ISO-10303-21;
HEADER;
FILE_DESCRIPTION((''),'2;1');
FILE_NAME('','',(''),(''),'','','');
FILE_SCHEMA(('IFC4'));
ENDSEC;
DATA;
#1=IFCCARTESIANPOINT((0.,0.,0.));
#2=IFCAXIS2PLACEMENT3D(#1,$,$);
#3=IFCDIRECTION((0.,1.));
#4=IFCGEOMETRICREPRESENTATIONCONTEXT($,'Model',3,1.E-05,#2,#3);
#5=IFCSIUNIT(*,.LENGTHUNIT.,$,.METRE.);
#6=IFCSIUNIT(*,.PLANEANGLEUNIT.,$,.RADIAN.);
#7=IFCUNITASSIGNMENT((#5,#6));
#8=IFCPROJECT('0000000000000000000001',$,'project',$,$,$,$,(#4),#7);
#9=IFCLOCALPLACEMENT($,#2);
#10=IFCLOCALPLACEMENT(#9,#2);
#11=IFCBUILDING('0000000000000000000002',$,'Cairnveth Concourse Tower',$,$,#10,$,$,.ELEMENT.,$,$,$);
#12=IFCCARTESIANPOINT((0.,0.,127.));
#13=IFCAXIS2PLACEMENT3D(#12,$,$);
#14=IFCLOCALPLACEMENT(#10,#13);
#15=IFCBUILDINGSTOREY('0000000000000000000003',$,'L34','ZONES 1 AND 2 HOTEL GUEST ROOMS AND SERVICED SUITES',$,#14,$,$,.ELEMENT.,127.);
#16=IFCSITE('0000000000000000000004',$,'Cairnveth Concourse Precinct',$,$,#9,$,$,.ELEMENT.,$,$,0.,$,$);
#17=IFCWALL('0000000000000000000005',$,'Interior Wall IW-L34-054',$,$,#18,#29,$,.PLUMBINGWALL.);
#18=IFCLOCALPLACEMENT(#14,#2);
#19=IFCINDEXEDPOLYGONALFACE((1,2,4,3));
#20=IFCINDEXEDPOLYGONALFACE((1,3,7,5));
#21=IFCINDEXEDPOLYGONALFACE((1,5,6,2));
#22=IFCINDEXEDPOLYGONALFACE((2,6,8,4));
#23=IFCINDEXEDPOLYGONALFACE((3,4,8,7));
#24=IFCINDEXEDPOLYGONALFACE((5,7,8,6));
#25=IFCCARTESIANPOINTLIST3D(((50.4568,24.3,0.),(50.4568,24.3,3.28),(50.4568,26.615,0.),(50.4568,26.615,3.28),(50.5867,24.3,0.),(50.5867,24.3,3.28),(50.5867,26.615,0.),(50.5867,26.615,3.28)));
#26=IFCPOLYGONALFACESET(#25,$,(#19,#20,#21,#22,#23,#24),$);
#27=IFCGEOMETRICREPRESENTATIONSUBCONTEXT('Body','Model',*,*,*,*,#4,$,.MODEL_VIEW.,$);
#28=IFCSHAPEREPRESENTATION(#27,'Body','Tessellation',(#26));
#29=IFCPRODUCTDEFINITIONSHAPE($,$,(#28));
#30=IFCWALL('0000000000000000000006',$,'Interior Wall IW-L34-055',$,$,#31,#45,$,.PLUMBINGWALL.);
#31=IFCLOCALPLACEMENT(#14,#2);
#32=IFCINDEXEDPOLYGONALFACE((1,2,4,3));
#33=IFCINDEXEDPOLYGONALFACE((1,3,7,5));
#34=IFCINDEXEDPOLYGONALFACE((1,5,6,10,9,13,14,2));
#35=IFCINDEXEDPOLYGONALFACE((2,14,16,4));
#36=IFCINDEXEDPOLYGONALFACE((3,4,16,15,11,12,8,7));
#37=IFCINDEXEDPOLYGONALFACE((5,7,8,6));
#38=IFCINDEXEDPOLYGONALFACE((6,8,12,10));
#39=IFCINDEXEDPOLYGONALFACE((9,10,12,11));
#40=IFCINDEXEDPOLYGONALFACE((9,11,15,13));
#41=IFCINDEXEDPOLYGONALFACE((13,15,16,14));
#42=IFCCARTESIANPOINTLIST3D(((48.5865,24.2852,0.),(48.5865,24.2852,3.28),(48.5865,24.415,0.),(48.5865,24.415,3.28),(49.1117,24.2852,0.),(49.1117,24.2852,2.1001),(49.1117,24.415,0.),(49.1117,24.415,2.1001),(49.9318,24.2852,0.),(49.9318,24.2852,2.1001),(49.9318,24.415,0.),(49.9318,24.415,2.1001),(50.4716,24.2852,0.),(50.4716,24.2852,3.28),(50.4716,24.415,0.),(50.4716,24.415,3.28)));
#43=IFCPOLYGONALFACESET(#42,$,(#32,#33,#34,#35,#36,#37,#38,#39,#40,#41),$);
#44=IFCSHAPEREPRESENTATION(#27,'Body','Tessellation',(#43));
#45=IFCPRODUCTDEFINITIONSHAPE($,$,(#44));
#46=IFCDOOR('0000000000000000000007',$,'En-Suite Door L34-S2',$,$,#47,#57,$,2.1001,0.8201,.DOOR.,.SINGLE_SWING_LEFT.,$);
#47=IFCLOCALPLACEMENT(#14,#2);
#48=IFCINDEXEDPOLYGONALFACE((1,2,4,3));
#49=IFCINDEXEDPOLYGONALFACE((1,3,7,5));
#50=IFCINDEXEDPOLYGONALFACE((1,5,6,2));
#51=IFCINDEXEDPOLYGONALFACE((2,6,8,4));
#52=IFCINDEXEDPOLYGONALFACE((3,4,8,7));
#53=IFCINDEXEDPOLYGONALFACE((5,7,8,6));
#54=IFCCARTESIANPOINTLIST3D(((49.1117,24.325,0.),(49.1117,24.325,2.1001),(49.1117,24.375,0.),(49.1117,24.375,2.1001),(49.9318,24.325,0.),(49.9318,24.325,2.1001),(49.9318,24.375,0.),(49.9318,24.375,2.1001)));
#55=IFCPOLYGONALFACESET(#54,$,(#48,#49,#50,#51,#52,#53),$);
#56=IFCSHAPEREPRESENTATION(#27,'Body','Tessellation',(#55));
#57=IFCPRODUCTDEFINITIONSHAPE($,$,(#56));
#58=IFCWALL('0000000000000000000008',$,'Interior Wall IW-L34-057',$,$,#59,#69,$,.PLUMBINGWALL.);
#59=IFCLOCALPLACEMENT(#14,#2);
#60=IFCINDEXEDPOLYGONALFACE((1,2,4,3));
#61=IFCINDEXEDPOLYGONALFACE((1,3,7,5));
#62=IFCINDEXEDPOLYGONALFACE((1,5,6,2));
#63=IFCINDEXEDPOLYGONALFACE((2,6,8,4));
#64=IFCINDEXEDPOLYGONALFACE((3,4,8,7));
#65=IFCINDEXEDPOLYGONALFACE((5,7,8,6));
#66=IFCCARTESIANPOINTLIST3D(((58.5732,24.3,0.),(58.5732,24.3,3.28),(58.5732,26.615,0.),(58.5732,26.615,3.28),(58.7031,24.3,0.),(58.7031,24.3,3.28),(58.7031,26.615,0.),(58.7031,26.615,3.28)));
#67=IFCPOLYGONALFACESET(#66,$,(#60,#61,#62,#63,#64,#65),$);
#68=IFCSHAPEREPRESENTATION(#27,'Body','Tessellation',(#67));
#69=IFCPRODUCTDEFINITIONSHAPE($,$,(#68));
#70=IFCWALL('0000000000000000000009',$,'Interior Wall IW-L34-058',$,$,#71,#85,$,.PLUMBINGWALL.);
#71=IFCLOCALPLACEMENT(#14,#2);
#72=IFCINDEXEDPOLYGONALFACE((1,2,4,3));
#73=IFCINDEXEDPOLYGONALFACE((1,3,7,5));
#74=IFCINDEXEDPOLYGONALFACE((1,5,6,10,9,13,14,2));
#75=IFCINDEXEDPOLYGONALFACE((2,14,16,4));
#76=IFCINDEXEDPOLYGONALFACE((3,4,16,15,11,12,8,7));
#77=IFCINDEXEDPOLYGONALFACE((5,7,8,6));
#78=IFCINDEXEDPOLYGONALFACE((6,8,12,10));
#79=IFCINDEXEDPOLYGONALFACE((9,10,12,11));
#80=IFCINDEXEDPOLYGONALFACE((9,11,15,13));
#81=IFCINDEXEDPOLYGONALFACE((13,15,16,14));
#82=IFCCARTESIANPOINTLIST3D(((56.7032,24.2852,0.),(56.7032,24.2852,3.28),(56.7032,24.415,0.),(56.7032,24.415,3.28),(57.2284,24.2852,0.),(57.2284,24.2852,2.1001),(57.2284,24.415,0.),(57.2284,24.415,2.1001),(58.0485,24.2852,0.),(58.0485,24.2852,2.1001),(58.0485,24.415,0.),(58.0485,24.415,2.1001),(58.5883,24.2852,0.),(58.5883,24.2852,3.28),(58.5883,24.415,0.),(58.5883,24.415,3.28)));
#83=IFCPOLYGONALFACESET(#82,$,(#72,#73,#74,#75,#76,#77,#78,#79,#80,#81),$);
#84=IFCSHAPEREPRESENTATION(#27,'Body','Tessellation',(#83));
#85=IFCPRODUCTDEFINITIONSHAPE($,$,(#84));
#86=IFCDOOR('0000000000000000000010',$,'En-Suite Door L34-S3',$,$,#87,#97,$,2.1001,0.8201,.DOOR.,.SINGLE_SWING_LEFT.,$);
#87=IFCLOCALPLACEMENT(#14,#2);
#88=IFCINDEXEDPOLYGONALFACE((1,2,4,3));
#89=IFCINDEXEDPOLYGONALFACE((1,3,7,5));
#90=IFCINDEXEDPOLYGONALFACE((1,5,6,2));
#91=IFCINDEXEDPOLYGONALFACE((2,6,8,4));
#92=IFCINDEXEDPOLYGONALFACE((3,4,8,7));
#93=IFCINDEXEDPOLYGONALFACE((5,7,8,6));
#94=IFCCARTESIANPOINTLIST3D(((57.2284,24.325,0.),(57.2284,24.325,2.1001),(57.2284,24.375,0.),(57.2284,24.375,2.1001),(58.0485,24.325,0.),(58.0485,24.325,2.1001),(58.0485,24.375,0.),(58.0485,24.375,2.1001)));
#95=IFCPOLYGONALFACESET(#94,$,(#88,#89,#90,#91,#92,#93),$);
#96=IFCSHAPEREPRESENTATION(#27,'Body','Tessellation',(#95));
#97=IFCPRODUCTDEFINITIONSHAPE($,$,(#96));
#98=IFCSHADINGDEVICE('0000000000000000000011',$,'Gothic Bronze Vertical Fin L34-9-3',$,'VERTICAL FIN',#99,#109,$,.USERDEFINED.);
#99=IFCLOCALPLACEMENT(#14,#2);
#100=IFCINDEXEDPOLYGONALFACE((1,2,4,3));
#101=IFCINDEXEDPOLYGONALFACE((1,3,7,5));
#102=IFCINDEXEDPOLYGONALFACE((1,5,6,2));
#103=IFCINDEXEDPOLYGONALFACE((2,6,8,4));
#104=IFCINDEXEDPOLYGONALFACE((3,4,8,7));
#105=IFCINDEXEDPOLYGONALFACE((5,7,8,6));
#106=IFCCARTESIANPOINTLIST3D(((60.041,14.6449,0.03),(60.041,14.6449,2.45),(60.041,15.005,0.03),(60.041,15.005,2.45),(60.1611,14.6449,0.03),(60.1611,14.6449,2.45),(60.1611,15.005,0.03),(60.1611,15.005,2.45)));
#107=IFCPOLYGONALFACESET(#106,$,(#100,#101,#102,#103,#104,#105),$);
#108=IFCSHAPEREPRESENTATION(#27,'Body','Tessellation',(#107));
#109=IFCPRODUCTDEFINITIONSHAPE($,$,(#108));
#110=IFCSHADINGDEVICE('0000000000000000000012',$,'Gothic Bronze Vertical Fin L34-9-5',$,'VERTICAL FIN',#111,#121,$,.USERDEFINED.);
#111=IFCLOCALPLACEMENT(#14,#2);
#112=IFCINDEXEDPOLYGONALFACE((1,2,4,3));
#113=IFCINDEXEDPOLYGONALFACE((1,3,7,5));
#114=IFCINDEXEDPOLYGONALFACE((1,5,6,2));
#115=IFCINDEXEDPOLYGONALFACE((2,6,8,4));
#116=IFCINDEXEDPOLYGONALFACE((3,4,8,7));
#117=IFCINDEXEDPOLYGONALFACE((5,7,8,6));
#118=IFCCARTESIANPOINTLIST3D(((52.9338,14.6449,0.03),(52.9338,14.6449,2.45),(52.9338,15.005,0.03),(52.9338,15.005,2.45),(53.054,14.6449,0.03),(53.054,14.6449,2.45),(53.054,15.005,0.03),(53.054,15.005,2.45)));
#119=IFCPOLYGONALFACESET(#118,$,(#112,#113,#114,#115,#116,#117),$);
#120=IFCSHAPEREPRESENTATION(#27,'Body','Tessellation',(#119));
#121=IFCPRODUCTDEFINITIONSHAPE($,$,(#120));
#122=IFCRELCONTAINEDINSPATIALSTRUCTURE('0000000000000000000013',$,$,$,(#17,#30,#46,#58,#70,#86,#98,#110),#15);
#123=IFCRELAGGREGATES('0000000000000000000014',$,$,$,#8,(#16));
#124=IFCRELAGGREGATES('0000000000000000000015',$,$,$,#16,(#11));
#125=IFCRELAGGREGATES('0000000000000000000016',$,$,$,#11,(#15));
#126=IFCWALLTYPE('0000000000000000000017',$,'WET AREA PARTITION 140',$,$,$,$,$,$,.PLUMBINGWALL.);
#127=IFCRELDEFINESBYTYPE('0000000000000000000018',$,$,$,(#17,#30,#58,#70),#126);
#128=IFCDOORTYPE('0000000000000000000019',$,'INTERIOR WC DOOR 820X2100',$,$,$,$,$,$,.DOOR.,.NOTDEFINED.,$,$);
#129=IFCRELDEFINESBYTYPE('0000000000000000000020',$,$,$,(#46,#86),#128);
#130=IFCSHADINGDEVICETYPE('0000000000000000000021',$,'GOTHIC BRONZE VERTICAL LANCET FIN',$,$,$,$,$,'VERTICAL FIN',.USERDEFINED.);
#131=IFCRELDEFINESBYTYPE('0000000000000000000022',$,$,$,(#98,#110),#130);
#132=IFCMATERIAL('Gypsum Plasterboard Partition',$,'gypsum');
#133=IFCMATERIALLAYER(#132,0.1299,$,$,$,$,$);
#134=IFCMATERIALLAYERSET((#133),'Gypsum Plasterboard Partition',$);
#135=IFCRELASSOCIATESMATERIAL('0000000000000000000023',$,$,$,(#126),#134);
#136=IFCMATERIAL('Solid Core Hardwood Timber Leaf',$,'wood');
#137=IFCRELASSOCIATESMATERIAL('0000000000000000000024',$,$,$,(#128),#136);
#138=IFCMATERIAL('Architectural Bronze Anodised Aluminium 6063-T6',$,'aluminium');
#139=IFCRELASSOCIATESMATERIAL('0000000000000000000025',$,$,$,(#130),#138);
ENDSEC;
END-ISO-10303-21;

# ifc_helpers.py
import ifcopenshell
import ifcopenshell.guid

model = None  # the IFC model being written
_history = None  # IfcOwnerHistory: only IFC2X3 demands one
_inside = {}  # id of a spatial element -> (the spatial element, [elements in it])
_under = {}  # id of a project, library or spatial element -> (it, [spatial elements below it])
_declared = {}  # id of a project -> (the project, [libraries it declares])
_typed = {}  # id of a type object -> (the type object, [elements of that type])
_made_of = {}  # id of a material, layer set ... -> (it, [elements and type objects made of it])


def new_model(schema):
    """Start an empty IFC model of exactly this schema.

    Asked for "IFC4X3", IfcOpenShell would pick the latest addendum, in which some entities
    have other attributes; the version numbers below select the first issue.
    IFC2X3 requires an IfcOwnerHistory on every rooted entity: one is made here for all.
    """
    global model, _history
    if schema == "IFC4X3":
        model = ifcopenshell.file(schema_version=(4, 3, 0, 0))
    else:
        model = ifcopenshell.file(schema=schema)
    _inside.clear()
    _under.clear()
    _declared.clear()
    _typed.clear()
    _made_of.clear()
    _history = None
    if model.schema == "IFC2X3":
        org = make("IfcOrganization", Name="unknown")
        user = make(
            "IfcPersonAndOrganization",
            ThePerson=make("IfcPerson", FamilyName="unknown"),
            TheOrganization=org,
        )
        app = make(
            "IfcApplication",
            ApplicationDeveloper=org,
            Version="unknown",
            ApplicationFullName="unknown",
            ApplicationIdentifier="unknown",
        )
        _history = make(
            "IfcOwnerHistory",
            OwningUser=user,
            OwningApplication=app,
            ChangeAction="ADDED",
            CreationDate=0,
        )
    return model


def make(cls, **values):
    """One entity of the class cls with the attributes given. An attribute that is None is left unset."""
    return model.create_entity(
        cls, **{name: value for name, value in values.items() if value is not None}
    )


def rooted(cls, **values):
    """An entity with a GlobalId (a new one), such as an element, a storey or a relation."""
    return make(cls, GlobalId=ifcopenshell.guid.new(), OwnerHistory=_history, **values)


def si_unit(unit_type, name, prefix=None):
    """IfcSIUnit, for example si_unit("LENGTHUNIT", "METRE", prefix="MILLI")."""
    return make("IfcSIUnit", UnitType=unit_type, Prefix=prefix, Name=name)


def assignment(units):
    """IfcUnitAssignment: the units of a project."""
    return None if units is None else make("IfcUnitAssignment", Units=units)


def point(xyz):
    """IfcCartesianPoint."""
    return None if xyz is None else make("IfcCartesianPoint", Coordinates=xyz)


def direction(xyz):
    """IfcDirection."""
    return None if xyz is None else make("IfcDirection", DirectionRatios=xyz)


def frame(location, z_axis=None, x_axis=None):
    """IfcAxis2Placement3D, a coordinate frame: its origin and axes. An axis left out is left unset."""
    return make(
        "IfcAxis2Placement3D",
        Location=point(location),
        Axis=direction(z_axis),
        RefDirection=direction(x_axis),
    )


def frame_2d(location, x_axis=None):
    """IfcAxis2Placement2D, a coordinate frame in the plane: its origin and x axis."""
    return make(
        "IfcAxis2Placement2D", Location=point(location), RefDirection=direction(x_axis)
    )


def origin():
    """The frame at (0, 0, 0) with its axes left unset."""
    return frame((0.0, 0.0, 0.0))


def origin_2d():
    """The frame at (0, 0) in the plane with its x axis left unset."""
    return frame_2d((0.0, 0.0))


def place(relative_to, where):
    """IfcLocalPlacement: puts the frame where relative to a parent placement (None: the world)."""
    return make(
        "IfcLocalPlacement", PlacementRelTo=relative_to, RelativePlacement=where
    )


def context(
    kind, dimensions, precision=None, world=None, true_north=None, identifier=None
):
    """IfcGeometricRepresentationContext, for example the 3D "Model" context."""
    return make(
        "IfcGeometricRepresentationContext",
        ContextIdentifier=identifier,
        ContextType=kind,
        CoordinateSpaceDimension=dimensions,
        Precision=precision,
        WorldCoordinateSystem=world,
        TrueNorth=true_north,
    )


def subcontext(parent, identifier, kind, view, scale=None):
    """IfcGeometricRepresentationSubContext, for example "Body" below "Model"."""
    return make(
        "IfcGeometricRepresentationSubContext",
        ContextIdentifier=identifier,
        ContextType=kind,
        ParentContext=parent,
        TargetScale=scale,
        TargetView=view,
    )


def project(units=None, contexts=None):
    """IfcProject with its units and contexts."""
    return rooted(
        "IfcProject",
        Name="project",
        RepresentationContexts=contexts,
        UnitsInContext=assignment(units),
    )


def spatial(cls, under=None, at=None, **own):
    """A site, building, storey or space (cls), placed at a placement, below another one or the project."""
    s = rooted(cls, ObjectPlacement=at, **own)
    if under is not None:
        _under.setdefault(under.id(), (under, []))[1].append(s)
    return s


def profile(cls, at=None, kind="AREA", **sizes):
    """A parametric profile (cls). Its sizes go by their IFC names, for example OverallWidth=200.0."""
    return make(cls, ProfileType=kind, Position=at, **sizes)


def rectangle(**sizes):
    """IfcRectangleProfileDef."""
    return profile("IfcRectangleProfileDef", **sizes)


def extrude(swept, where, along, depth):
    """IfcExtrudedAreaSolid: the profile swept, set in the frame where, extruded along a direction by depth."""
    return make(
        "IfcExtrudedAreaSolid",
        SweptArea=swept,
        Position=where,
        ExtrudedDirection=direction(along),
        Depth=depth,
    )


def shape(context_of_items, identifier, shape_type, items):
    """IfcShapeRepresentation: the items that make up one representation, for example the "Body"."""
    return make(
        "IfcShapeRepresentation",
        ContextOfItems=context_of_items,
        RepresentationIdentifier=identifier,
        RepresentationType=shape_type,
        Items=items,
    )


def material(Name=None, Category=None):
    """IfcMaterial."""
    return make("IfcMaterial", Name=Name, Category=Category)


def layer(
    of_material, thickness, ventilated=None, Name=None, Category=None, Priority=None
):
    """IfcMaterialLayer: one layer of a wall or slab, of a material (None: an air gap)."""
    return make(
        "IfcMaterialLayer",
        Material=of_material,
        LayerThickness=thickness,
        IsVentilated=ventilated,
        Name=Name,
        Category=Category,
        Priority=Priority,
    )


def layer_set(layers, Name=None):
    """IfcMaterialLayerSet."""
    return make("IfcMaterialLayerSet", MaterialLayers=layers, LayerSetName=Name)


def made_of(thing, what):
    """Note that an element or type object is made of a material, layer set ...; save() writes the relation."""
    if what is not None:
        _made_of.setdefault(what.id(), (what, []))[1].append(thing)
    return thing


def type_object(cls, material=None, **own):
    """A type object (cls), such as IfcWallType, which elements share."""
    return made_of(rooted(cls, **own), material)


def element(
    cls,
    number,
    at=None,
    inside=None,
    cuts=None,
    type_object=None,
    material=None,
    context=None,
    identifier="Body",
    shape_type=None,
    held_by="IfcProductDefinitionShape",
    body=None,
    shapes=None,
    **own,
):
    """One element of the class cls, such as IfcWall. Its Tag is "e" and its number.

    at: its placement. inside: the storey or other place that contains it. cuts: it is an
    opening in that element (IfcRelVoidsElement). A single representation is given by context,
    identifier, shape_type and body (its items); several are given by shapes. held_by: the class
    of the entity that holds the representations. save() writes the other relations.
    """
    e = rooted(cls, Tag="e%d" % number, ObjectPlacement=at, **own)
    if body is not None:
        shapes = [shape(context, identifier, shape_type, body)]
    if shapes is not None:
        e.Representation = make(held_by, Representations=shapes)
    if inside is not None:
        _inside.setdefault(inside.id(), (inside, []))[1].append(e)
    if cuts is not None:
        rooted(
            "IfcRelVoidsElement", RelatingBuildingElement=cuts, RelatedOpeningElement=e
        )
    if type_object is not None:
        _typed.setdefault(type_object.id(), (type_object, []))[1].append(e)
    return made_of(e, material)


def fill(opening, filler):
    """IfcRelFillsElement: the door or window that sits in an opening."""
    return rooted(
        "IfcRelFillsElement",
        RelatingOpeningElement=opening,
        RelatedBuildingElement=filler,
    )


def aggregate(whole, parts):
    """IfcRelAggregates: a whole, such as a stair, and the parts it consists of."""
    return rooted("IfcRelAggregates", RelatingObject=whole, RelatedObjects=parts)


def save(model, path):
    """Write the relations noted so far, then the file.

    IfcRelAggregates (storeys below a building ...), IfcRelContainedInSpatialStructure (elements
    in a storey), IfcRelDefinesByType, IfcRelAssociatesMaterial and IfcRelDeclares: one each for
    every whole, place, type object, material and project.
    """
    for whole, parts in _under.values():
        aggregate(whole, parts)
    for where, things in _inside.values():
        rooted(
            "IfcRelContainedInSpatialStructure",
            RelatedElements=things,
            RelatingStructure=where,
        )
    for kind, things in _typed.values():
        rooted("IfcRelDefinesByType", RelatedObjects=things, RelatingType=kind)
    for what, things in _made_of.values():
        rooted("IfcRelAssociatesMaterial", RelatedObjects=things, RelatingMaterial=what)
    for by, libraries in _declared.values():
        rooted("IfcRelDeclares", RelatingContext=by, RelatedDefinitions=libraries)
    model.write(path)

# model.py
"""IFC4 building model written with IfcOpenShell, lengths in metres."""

from ifc_helpers import new_model, si_unit, direction, frame, frame_2d, origin, origin_2d, place, context, subcontext, project, spatial, rectangle, extrude, material, layer, layer_set, type_object, element, fill, save


model = new_model("IFC4")

# Units and contexts
model_context = context("Model", 3, precision=1e-05, world=origin(), true_north=direction((0.0, 1.0)))
body_context = subcontext(model_context, "Body", "Model", "MODEL_VIEW")
ifc_project = project(units=[si_unit("LENGTHUNIT", "METRE"), si_unit("PLANEANGLEUNIT", "RADIAN")], contexts=[model_context])

# Site, building, storey
site_placement = place(None, origin())
site = spatial("IfcSite", under=ifc_project, at=site_placement, Name="Cairnveth Concourse Precinct", CompositionType="ELEMENT", RefElevation=0.0)
building_placement = place(site_placement, origin())
building = spatial("IfcBuilding", under=site, at=building_placement, Name="Cairnveth Concourse Tower", CompositionType="ELEMENT")
storey_placement = place(building_placement, frame((0.0, 0.0, 127.0)))
storey = spatial("IfcBuildingStorey", under=building, at=storey_placement, Name="L34", Description="ZONES 1 AND 2 HOTEL GUEST ROOMS AND SERVICED SUITES", CompositionType="ELEMENT", Elevation=127.0)

# Shared definitions
ifc_material_1 = material(Name="Gypsum Plasterboard Partition", Category="gypsum")
ifc_material_2 = material(Name="Solid Core Hardwood Timber Leaf", Category="wood")

# Wall
ifc_layer_1 = layer(ifc_material_1, 0.1299)
ifc_layer_set_1 = layer_set([ifc_layer_1], Name="Gypsum Plasterboard Partition")
wall_type_1 = type_object("IfcWallType", Name="WET AREA PARTITION 140", PredefinedType="PLUMBINGWALL", material=ifc_layer_set_1)
wall_1_placement = place(storey_placement, frame((50.5217, 24.3, 0.0), z_axis=(0.0, 0.0, 1.0), x_axis=(0.0, 1.0, 0.0)))
element("IfcWall", 1, at=wall_1_placement, inside=storey, type_object=wall_type_1, Name="Interior Wall IW-L34-054", PredefinedType="PLUMBINGWALL", context=body_context, shape_type="SweptSolid", body=[
    extrude(rectangle(XDim=2.3149, YDim=0.1299, at=frame_2d((1.1575, 0.0))), origin(), (0.0, 0.0, 1.0), 3.28),
])

# Wall, opening, door
wall_2_placement = place(storey_placement, frame((48.5867, 24.3501, 0.0), z_axis=(0.0, 0.0, 1.0), x_axis=(1.0, 0.0, 0.0)))
wall_2 = element("IfcWall", 2, at=wall_2_placement, inside=storey, type_object=wall_type_1, Name="Interior Wall IW-L34-055", PredefinedType="PLUMBINGWALL", context=body_context, shape_type="SweptSolid", body=[
    extrude(rectangle(XDim=1.885, YDim=0.1299, at=frame_2d((0.9424, 0.0))), origin(), (0.0, 0.0, 1.0), 3.28),
])
opening_1_placement = place(wall_2_placement, frame((0.5249, 0.0, 0.0)))
opening_1 = element("IfcOpeningElement", 3, at=opening_1_placement, cuts=wall_2, PredefinedType="OPENING", context=body_context, shape_type="SweptSolid", body=[
    extrude(rectangle(XDim=0.8201, YDim=2.1001, at=frame_2d((0.4102, 1.05))), frame((0.0, 0.075, 0.0), z_axis=(0.0, -1.0, 0.0), x_axis=(1.0, 0.0, 0.0)), (0.0, 0.0, 1.0), 0.1499),
])
door_type_1 = type_object("IfcDoorType", Name="INTERIOR WC DOOR 820X2100", OperationType="NOTDEFINED", PredefinedType="DOOR", material=ifc_material_2)
door_1_placement = place(opening_1_placement, origin())
door_1 = element("IfcDoor", 4, at=door_1_placement, inside=storey, type_object=door_type_1, Name="En-Suite Door L34-S2", OperationType="SINGLE_SWING_LEFT", OverallHeight=2.1001, OverallWidth=0.8201, PredefinedType="DOOR", context=body_context, shape_type="SweptSolid", body=[
    extrude(rectangle(XDim=0.8201, YDim=2.1001, at=frame_2d((0.4102, 1.05))), frame((0.0, 0.0249, 0.0), z_axis=(0.0, -1.0, 0.0), x_axis=(1.0, 0.0, 0.0)), (0.0, 0.0, 1.0), 0.05),
])
fill(opening_1, door_1)

# Wall
wall_3_placement = place(storey_placement, frame((58.6382, 24.3, 0.0), z_axis=(0.0, 0.0, 1.0), x_axis=(0.0, 1.0, 0.0)))
element("IfcWall", 5, at=wall_3_placement, inside=storey, type_object=wall_type_1, Name="Interior Wall IW-L34-057", PredefinedType="PLUMBINGWALL", context=body_context, shape_type="SweptSolid", body=[
    extrude(rectangle(XDim=2.3149, YDim=0.1299, at=frame_2d((1.1575, 0.0))), origin(), (0.0, 0.0, 1.0), 3.28),
])

# Wall, opening, door
wall_4_placement = place(storey_placement, frame((56.7034, 24.3501, 0.0), z_axis=(0.0, 0.0, 1.0), x_axis=(1.0, 0.0, 0.0)))
wall_4 = element("IfcWall", 6, at=wall_4_placement, inside=storey, type_object=wall_type_1, Name="Interior Wall IW-L34-058", PredefinedType="PLUMBINGWALL", context=body_context, shape_type="SweptSolid", body=[
    extrude(rectangle(XDim=1.885, YDim=0.1299, at=frame_2d((0.9424, 0.0))), origin(), (0.0, 0.0, 1.0), 3.28),
])
opening_2_placement = place(wall_4_placement, frame((0.5249, 0.0, 0.0)))
opening_2 = element("IfcOpeningElement", 7, at=opening_2_placement, cuts=wall_4, PredefinedType="OPENING", context=body_context, shape_type="SweptSolid", body=[
    extrude(rectangle(XDim=0.8201, YDim=2.1001, at=frame_2d((0.4102, 1.05))), frame((0.0, 0.075, 0.0), z_axis=(0.0, -1.0, 0.0), x_axis=(1.0, 0.0, 0.0)), (0.0, 0.0, 1.0), 0.1499),
])
door_2_placement = place(opening_2_placement, origin())
door_2 = element("IfcDoor", 8, at=door_2_placement, inside=storey, type_object=door_type_1, Name="En-Suite Door L34-S3", OperationType="SINGLE_SWING_LEFT", OverallHeight=2.1001, OverallWidth=0.8201, PredefinedType="DOOR", context=body_context, shape_type="SweptSolid", body=[
    extrude(rectangle(XDim=0.8201, YDim=2.1001, at=frame_2d((0.4102, 1.05))), frame((0.0, 0.0249, 0.0), z_axis=(0.0, -1.0, 0.0), x_axis=(1.0, 0.0, 0.0)), (0.0, 0.0, 1.0), 0.05),
])
fill(opening_2, door_2)

# Shading devices
ifc_material_3 = material(Name="Architectural Bronze Anodised Aluminium 6063-T6", Category="aluminium")
shading_device_type = type_object("IfcShadingDeviceType", Name="GOTHIC BRONZE VERTICAL LANCET FIN", ElementType="VERTICAL FIN", PredefinedType="USERDEFINED", material=ifc_material_3)
for number, where, z_axis, x_axis, name in (
    (9, (60.1011, 14.825, 0.03), (0.0, 0.0, 1.0), (1.0, 0.0, 0.0), "Gothic Bronze Vertical Fin L34-9-3"),
    (10, (52.9939, 14.825, 0.03), (0.0, 0.0, 1.0), (1.0, 0.0, 0.0), "Gothic Bronze Vertical Fin L34-9-5"),
):
    element("IfcShadingDevice", number, at=place(storey_placement, frame(where, z_axis=z_axis, x_axis=x_axis)), inside=storey, type_object=shading_device_type, Name=name, ObjectType="VERTICAL FIN", PredefinedType="USERDEFINED", context=body_context, shape_type="SweptSolid", body=[
        extrude(rectangle(XDim=0.1201, YDim=0.3601, at=origin_2d()), origin(), (0.0, 0.0, 1.0), 2.4199),
    ])

save(model, "model.ifc")
